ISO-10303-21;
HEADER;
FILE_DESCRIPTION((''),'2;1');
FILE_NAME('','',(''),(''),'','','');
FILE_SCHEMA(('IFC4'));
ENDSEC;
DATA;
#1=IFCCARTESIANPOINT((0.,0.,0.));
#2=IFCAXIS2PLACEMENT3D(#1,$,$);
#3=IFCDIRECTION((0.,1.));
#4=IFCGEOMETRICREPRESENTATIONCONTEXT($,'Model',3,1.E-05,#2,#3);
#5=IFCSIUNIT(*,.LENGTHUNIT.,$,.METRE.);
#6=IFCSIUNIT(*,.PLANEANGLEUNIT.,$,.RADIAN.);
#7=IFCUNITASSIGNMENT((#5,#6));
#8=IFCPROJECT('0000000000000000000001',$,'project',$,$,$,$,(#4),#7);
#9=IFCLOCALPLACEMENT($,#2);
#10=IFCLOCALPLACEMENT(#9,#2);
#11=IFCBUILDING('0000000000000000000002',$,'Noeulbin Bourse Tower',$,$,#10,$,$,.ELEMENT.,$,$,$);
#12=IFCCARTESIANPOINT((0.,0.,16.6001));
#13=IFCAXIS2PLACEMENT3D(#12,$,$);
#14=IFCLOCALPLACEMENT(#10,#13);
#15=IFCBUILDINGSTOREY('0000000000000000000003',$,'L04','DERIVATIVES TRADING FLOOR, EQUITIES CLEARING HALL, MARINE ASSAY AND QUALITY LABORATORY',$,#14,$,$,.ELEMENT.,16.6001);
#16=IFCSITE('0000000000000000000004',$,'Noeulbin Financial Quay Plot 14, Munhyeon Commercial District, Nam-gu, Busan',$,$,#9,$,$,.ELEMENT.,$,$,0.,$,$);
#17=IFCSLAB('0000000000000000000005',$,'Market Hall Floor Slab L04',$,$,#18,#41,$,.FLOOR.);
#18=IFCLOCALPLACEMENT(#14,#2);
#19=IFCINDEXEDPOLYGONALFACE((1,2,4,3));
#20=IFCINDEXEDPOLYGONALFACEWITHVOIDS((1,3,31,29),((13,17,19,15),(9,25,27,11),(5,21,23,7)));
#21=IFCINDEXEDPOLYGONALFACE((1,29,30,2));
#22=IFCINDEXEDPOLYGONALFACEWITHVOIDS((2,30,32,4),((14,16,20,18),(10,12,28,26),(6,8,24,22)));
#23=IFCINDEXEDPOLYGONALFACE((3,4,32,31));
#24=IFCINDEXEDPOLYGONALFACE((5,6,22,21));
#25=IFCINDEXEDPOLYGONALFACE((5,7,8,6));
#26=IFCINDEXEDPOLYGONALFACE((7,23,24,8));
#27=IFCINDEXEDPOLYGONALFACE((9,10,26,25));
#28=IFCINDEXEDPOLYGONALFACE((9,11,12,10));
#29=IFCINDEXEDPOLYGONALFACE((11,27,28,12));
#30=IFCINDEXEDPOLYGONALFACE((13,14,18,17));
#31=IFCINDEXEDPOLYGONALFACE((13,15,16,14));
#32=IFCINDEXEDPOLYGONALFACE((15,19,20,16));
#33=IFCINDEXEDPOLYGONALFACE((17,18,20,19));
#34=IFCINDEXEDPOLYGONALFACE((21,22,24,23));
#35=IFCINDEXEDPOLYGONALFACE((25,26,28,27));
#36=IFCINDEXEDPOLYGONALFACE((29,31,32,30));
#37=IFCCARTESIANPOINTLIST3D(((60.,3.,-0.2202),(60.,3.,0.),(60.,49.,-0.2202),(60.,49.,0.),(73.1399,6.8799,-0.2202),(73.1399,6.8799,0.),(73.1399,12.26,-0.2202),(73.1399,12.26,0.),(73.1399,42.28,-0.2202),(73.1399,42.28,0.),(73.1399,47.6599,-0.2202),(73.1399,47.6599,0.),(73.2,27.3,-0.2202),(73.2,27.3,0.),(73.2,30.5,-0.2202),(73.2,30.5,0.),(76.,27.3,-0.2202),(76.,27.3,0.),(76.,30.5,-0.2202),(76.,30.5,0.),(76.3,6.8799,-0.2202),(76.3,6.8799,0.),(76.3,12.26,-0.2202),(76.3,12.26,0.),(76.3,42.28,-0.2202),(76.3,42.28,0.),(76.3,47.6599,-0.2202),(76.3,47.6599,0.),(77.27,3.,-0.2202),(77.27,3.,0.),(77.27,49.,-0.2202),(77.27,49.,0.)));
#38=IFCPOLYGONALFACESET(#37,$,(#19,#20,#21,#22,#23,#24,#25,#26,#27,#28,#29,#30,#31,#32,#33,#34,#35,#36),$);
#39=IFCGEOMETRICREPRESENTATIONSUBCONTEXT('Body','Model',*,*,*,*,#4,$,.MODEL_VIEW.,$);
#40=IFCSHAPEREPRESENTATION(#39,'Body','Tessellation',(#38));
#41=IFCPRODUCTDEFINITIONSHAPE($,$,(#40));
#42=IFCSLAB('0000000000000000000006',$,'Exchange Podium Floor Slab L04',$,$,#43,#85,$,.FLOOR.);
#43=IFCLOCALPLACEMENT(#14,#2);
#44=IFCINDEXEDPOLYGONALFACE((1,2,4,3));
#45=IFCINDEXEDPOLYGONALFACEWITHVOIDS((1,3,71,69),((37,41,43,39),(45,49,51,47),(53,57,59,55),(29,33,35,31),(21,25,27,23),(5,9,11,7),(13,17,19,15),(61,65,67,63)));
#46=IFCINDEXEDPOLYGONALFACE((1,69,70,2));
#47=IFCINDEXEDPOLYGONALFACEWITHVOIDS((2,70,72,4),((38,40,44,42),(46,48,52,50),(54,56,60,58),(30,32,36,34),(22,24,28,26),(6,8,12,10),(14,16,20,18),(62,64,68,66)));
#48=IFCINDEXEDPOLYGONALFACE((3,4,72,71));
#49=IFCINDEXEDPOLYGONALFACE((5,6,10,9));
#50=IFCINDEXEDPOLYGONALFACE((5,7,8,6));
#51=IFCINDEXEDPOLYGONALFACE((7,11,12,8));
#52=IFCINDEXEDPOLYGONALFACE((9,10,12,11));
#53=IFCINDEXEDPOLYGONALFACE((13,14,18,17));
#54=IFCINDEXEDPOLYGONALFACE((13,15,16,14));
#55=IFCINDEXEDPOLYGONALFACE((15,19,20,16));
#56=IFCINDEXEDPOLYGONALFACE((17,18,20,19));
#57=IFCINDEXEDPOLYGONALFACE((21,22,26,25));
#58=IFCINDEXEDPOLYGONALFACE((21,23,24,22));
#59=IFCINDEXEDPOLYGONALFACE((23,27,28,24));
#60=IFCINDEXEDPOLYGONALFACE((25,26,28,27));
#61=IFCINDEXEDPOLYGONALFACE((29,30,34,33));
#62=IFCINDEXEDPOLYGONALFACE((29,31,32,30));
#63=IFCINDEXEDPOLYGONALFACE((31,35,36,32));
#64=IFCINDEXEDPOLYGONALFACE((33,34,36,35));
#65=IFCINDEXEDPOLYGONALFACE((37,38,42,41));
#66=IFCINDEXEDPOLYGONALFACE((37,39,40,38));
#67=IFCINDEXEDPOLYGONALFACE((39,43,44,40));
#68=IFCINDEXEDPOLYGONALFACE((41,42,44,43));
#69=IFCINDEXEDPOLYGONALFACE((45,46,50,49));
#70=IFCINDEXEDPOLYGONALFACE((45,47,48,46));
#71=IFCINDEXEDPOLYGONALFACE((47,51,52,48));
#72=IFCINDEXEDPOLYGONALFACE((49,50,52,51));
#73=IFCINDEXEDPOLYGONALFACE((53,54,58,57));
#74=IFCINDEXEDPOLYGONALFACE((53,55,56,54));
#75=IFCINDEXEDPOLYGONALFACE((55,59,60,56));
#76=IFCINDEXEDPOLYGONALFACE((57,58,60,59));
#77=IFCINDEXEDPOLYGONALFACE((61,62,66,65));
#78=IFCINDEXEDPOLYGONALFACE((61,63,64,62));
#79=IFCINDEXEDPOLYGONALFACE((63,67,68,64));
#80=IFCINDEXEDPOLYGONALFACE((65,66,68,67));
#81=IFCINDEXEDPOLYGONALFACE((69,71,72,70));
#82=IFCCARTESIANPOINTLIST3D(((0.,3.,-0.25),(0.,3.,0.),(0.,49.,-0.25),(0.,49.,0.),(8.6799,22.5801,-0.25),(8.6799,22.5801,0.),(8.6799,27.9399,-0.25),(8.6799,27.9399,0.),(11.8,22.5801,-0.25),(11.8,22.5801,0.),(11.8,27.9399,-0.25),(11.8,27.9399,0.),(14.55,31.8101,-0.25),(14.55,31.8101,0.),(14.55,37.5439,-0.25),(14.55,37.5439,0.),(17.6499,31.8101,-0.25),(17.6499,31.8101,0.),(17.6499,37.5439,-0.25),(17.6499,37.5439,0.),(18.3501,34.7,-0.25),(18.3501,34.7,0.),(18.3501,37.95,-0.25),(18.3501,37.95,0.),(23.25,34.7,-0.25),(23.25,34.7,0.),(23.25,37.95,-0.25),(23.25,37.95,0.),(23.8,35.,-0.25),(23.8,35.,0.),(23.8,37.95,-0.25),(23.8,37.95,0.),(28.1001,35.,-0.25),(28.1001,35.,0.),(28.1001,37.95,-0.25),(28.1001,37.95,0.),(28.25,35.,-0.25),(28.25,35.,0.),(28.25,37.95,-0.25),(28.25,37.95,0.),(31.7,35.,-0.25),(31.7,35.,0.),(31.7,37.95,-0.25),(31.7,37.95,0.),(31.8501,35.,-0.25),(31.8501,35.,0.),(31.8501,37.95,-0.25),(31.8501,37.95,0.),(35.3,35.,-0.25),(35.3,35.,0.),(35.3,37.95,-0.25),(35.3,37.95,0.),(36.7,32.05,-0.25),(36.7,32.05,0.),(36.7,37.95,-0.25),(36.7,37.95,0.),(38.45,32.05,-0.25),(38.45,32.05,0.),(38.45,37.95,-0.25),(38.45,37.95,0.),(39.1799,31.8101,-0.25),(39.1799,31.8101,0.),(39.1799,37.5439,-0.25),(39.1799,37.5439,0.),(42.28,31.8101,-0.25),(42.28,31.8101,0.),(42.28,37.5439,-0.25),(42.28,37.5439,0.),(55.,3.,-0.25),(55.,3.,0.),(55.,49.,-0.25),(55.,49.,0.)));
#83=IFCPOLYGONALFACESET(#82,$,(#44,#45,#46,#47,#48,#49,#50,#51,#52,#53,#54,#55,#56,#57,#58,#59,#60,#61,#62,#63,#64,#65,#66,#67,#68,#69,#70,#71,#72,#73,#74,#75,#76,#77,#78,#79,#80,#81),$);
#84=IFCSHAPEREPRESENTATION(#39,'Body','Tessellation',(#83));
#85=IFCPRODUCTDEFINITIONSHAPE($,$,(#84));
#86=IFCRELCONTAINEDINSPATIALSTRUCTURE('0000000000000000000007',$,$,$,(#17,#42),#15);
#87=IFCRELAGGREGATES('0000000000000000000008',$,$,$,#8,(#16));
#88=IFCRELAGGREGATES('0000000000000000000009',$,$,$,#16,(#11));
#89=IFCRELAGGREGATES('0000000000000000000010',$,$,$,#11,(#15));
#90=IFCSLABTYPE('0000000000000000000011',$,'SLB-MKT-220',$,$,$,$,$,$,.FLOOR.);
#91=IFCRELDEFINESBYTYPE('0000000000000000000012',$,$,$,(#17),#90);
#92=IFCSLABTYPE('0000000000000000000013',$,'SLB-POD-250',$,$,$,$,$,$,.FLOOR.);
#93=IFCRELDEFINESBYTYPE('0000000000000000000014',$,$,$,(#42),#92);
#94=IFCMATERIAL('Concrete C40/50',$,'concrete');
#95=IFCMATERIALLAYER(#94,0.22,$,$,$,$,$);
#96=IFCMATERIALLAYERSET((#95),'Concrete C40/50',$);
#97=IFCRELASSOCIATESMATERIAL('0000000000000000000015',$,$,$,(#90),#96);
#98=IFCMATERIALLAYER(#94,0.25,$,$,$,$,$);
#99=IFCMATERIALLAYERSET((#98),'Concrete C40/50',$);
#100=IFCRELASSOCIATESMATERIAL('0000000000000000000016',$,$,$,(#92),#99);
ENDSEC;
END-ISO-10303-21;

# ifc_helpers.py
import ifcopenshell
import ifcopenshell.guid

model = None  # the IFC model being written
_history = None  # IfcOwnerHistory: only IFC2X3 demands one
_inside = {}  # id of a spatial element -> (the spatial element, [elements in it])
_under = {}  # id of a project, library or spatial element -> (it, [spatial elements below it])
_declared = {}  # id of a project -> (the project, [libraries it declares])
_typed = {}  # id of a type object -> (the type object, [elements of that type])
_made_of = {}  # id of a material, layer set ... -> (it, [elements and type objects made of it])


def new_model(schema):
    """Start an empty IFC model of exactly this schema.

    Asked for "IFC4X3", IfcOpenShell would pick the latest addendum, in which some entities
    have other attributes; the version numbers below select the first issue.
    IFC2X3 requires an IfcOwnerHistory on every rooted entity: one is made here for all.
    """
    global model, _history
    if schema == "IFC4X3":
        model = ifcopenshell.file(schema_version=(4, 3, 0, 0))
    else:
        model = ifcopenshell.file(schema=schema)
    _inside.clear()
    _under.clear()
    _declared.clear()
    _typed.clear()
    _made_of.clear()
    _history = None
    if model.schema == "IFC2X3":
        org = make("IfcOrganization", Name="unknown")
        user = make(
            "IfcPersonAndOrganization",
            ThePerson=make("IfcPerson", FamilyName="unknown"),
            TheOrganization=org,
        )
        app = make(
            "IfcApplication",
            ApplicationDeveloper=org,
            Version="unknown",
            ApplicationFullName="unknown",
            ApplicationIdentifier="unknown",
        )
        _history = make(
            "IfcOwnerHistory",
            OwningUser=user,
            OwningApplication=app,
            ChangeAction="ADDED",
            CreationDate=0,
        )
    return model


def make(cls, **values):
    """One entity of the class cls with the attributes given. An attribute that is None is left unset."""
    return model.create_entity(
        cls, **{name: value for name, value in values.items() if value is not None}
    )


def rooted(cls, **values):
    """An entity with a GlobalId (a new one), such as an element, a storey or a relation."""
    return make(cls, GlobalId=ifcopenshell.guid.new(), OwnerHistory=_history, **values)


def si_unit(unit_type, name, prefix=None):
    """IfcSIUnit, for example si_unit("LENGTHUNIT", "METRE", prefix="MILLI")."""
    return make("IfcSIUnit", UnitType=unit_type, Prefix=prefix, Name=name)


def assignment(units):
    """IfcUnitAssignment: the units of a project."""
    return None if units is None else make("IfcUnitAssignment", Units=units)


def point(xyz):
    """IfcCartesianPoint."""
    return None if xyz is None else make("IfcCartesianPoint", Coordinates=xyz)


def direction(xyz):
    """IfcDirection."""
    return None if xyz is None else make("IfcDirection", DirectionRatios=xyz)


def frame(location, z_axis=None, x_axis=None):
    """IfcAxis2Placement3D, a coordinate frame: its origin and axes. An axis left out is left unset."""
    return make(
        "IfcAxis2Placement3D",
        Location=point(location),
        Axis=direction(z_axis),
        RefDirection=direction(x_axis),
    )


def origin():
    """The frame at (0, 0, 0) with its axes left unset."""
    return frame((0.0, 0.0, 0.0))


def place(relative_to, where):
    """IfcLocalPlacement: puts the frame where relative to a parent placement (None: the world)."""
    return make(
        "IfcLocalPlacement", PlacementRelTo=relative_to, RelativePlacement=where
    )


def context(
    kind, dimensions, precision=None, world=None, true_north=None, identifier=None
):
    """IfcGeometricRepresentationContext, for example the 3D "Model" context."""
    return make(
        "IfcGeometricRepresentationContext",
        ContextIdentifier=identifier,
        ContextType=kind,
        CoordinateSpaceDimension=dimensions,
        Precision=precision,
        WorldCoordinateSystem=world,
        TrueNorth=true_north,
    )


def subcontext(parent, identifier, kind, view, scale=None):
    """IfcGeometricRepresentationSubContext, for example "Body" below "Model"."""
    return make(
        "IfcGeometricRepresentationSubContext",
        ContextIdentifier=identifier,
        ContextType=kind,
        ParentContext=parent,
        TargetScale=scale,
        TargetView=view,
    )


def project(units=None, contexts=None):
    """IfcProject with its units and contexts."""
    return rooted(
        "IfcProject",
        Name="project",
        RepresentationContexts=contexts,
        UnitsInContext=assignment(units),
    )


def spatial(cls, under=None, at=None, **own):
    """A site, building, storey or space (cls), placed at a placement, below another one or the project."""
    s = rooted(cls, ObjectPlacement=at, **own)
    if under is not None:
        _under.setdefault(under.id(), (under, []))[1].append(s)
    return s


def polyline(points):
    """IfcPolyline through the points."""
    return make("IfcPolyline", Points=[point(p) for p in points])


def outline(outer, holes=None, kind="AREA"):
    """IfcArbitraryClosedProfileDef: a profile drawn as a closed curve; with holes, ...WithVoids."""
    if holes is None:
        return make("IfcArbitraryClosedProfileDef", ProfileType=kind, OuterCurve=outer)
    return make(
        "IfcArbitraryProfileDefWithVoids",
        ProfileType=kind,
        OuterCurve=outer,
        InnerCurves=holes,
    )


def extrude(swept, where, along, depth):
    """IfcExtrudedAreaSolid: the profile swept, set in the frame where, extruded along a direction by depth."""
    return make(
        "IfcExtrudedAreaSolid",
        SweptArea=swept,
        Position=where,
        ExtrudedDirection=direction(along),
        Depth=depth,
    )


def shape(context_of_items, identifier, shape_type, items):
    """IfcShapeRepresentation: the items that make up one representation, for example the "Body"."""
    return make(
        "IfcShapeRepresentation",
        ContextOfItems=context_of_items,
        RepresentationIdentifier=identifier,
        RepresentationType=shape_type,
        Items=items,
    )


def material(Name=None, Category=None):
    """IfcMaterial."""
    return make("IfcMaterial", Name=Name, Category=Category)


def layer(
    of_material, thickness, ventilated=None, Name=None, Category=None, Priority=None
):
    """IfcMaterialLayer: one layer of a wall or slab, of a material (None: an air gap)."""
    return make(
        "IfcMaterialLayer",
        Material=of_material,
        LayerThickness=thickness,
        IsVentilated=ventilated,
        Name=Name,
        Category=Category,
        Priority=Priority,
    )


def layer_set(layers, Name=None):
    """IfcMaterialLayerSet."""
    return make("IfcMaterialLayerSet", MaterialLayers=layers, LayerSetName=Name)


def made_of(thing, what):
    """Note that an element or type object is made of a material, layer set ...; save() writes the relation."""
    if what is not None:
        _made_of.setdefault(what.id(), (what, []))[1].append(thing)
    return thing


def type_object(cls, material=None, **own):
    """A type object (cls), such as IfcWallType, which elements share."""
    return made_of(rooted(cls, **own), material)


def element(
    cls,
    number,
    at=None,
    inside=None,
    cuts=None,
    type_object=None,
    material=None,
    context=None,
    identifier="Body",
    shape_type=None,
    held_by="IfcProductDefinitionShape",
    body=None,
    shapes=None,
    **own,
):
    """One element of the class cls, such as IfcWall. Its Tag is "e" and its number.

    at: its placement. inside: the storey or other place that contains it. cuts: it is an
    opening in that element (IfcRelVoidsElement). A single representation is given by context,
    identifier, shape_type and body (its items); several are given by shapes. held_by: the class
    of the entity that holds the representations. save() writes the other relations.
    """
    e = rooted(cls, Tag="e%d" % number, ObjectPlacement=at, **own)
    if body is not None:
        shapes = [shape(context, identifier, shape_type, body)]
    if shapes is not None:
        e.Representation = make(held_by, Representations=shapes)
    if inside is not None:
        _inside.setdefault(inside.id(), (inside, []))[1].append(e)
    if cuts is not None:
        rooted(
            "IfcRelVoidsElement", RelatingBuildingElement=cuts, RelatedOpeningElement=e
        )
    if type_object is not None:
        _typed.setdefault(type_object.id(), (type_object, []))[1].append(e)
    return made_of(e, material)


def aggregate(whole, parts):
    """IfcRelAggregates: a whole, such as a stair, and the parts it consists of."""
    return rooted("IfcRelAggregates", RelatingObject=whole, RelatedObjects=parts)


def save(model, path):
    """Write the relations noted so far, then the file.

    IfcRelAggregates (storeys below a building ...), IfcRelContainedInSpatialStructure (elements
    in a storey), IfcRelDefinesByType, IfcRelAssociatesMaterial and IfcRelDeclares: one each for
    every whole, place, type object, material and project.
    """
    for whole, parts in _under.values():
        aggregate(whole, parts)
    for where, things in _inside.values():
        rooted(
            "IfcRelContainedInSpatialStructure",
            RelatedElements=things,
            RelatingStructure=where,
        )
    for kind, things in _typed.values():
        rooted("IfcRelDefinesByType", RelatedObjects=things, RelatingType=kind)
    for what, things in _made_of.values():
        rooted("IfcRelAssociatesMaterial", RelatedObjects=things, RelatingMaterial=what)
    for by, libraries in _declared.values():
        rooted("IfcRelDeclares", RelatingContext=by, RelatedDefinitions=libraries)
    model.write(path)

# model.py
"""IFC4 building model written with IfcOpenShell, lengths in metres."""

from ifc_helpers import new_model, si_unit, direction, frame, origin, place, context, subcontext, project, spatial, polyline, outline, extrude, material, layer, layer_set, type_object, element, save


model = new_model("IFC4")

# Units and contexts
model_context = context("Model", 3, precision=1e-05, world=origin(), true_north=direction((0.0, 1.0)))
body_context = subcontext(model_context, "Body", "Model", "MODEL_VIEW")
ifc_project = project(units=[si_unit("LENGTHUNIT", "METRE"), si_unit("PLANEANGLEUNIT", "RADIAN")], contexts=[model_context])

# Site, building, storey
site_placement = place(None, origin())
site = spatial("IfcSite", under=ifc_project, at=site_placement, Name="Noeulbin Financial Quay Plot 14, Munhyeon Commercial District, Nam-gu, Busan", CompositionType="ELEMENT", RefElevation=0.0)
building_placement = place(site_placement, origin())
building = spatial("IfcBuilding", under=site, at=building_placement, Name="Noeulbin Bourse Tower", CompositionType="ELEMENT")
storey_placement = place(building_placement, frame((0.0, 0.0, 16.6001)))
storey = spatial("IfcBuildingStorey", under=building, at=storey_placement, Name="L04", Description="DERIVATIVES TRADING FLOOR, EQUITIES CLEARING HALL, MARINE ASSAY AND QUALITY LABORATORY", CompositionType="ELEMENT", Elevation=16.6001)

# Shared definitions
ifc_material_1 = material(Name="Concrete C40/50", Category="concrete")

# Slabs, openings
ifc_layer_1 = layer(ifc_material_1, 0.22)
ifc_layer_set_1 = layer_set([ifc_layer_1], Name="Concrete C40/50")
slab_type_1 = type_object("IfcSlabType", Name="SLB-MKT-220", PredefinedType="FLOOR", material=ifc_layer_set_1)
slab_1_placement = place(storey_placement, frame((0.0, 0.0, -0.2202)))
slab_1 = element("IfcSlab", 1, at=slab_1_placement, inside=storey, type_object=slab_type_1, Name="Market Hall Floor Slab L04", PredefinedType="FLOOR", context=body_context, shape_type="SweptSolid", body=[
    extrude(outline(polyline([(60.0, 3.0), (77.27, 3.0), (77.27, 49.0), (60.0, 49.0), (60.0, 3.0)]), holes=[polyline([(76.3, 6.8799), (76.3, 12.26), (73.1399, 12.26), (73.1399, 6.8799), (76.3, 6.8799)]), polyline([(76.3, 42.28), (76.3, 47.6599), (73.1399, 47.6599), (73.1399, 42.28), (76.3, 42.28)]), polyline([(73.2, 27.3), (76.0, 27.3), (76.0, 30.5), (73.2, 30.5), (73.2, 27.3)])]), origin(), (0.0, 0.0, 1.0), 0.2202),
])
opening_1_placement = place(slab_1_placement, frame((0.0, 0.0, -0.01)))
element("IfcOpeningElement", 2, at=opening_1_placement, cuts=slab_1, PredefinedType="OPENING", context=body_context, shape_type="SweptSolid", body=[
    extrude(outline(polyline([(76.3, 6.8799), (76.3, 12.26), (73.1399, 12.26), (73.1399, 6.8799), (76.3, 6.8799)])), origin(), (0.0, 0.0, 1.0), 0.2402),
])
opening_2_placement = place(slab_1_placement, frame((0.0, 0.0, -0.01)))
element("IfcOpeningElement", 3, at=opening_2_placement, cuts=slab_1, PredefinedType="OPENING", context=body_context, shape_type="SweptSolid", body=[
    extrude(outline(polyline([(76.3, 42.28), (76.3, 47.6599), (73.1399, 47.6599), (73.1399, 42.28), (76.3, 42.28)])), origin(), (0.0, 0.0, 1.0), 0.2402),
])
opening_3_placement = place(slab_1_placement, frame((0.0, 0.0, -0.01)))
element("IfcOpeningElement", 4, at=opening_3_placement, cuts=slab_1, PredefinedType="OPENING", context=body_context, shape_type="SweptSolid", body=[
    extrude(outline(polyline([(73.2, 27.3), (76.0, 27.3), (76.0, 30.5), (73.2, 30.5), (73.2, 27.3)])), origin(), (0.0, 0.0, 1.0), 0.2402),
])
ifc_layer_2 = layer(ifc_material_1, 0.25)
ifc_layer_set_2 = layer_set([ifc_layer_2], Name="Concrete C40/50")
slab_type_2 = type_object("IfcSlabType", Name="SLB-POD-250", PredefinedType="FLOOR", material=ifc_layer_set_2)
slab_2_placement = place(storey_placement, frame((0.0, 0.0, -0.25)))
slab_2 = element("IfcSlab", 5, at=slab_2_placement, inside=storey, type_object=slab_type_2, Name="Exchange Podium Floor Slab L04", PredefinedType="FLOOR", context=body_context, shape_type="SweptSolid", body=[
    extrude(outline(polyline([(0.0, 3.0), (55.0, 3.0), (55.0, 49.0), (0.0, 49.0), (0.0, 3.0)]), holes=[polyline([(17.6499, 31.8101), (17.6499, 37.5439), (14.55, 37.5439), (14.55, 31.8101), (17.6499, 31.8101)]), polyline([(42.28, 31.8101), (42.28, 37.5439), (39.1799, 37.5439), (39.1799, 31.8101), (42.28, 31.8101)]), polyline([(11.8, 22.5801), (11.8, 27.9399), (8.6799, 27.9399), (8.6799, 22.5801), (11.8, 22.5801)]), polyline([(18.3501, 34.7), (23.25, 34.7), (23.25, 37.95), (18.3501, 37.95), (18.3501, 34.7)]), polyline([(36.7, 32.05), (38.45, 32.05), (38.45, 37.95), (36.7, 37.95), (36.7, 32.05)]), polyline([(23.8, 35.0), (28.1001, 35.0), (28.1001, 37.95), (23.8, 37.95), (23.8, 35.0)]), polyline([(28.25, 35.0), (31.7, 35.0), (31.7, 37.95), (28.25, 37.95), (28.25, 35.0)]), polyline([(31.8501, 35.0), (35.3, 35.0), (35.3, 37.95), (31.8501, 37.95), (31.8501, 35.0)])]), origin(), (0.0, 0.0, 1.0), 0.25),
])
opening_4_placement = place(slab_2_placement, frame((0.0, 0.0, -0.01)))
element("IfcOpeningElement", 6, at=opening_4_placement, cuts=slab_2, PredefinedType="OPENING", context=body_context, shape_type="SweptSolid", body=[
    extrude(outline(polyline([(17.6499, 31.8101), (17.6499, 37.5439), (14.55, 37.5439), (14.55, 31.8101), (17.6499, 31.8101)])), origin(), (0.0, 0.0, 1.0), 0.27),
])
opening_5_placement = place(slab_2_placement, frame((0.0, 0.0, -0.01)))
element("IfcOpeningElement", 7, at=opening_5_placement, cuts=slab_2, PredefinedType="OPENING", context=body_context, shape_type="SweptSolid", body=[
    extrude(outline(polyline([(42.28, 31.8101), (42.28, 37.5439), (39.1799, 37.5439), (39.1799, 31.8101), (42.28, 31.8101)])), origin(), (0.0, 0.0, 1.0), 0.27),
])
opening_6_placement = place(slab_2_placement, frame((0.0, 0.0, -0.01)))
element("IfcOpeningElement", 8, at=opening_6_placement, cuts=slab_2, PredefinedType="OPENING", context=body_context, shape_type="SweptSolid", body=[
    extrude(outline(polyline([(11.8, 22.5801), (11.8, 27.9399), (8.6799, 27.9399), (8.6799, 22.5801), (11.8, 22.5801)])), origin(), (0.0, 0.0, 1.0), 0.27),
])
opening_7_placement = place(slab_2_placement, frame((0.0, 0.0, -0.01)))
element("IfcOpeningElement", 9, at=opening_7_placement, cuts=slab_2, PredefinedType="OPENING", context=body_context, shape_type="SweptSolid", body=[
    extrude(outline(polyline([(18.3501, 34.7), (23.25, 34.7), (23.25, 37.95), (18.3501, 37.95), (18.3501, 34.7)])), origin(), (0.0, 0.0, 1.0), 0.27),
])
opening_8_placement = place(slab_2_placement, frame((0.0, 0.0, -0.01)))
element("IfcOpeningElement", 10, at=opening_8_placement, cuts=slab_2, PredefinedType="OPENING", context=body_context, shape_type="SweptSolid", body=[
    extrude(outline(polyline([(36.7, 32.05), (38.45, 32.05), (38.45, 37.95), (36.7, 37.95), (36.7, 32.05)])), origin(), (0.0, 0.0, 1.0), 0.27),
])
opening_9_placement = place(slab_2_placement, frame((0.0, 0.0, -0.01)))
element("IfcOpeningElement", 11, at=opening_9_placement, cuts=slab_2, PredefinedType="OPENING", context=body_context, shape_type="SweptSolid", body=[
    extrude(outline(polyline([(23.8, 35.0), (28.1001, 35.0), (28.1001, 37.95), (23.8, 37.95), (23.8, 35.0)])), origin(), (0.0, 0.0, 1.0), 0.27),
])
opening_10_placement = place(slab_2_placement, frame((0.0, 0.0, -0.01)))
element("IfcOpeningElement", 12, at=opening_10_placement, cuts=slab_2, PredefinedType="OPENING", context=body_context, shape_type="SweptSolid", body=[
    extrude(outline(polyline([(28.25, 35.0), (31.7, 35.0), (31.7, 37.95), (28.25, 37.95), (28.25, 35.0)])), origin(), (0.0, 0.0, 1.0), 0.27),
])
opening_11_placement = place(slab_2_placement, frame((0.0, 0.0, -0.01)))
element("IfcOpeningElement", 13, at=opening_11_placement, cuts=slab_2, PredefinedType="OPENING", context=body_context, shape_type="SweptSolid", body=[
    extrude(outline(polyline([(31.8501, 35.0), (35.3, 35.0), (35.3, 37.95), (31.8501, 37.95), (31.8501, 35.0)])), origin(), (0.0, 0.0, 1.0), 0.27),
])

save(model, "model.ifc")
